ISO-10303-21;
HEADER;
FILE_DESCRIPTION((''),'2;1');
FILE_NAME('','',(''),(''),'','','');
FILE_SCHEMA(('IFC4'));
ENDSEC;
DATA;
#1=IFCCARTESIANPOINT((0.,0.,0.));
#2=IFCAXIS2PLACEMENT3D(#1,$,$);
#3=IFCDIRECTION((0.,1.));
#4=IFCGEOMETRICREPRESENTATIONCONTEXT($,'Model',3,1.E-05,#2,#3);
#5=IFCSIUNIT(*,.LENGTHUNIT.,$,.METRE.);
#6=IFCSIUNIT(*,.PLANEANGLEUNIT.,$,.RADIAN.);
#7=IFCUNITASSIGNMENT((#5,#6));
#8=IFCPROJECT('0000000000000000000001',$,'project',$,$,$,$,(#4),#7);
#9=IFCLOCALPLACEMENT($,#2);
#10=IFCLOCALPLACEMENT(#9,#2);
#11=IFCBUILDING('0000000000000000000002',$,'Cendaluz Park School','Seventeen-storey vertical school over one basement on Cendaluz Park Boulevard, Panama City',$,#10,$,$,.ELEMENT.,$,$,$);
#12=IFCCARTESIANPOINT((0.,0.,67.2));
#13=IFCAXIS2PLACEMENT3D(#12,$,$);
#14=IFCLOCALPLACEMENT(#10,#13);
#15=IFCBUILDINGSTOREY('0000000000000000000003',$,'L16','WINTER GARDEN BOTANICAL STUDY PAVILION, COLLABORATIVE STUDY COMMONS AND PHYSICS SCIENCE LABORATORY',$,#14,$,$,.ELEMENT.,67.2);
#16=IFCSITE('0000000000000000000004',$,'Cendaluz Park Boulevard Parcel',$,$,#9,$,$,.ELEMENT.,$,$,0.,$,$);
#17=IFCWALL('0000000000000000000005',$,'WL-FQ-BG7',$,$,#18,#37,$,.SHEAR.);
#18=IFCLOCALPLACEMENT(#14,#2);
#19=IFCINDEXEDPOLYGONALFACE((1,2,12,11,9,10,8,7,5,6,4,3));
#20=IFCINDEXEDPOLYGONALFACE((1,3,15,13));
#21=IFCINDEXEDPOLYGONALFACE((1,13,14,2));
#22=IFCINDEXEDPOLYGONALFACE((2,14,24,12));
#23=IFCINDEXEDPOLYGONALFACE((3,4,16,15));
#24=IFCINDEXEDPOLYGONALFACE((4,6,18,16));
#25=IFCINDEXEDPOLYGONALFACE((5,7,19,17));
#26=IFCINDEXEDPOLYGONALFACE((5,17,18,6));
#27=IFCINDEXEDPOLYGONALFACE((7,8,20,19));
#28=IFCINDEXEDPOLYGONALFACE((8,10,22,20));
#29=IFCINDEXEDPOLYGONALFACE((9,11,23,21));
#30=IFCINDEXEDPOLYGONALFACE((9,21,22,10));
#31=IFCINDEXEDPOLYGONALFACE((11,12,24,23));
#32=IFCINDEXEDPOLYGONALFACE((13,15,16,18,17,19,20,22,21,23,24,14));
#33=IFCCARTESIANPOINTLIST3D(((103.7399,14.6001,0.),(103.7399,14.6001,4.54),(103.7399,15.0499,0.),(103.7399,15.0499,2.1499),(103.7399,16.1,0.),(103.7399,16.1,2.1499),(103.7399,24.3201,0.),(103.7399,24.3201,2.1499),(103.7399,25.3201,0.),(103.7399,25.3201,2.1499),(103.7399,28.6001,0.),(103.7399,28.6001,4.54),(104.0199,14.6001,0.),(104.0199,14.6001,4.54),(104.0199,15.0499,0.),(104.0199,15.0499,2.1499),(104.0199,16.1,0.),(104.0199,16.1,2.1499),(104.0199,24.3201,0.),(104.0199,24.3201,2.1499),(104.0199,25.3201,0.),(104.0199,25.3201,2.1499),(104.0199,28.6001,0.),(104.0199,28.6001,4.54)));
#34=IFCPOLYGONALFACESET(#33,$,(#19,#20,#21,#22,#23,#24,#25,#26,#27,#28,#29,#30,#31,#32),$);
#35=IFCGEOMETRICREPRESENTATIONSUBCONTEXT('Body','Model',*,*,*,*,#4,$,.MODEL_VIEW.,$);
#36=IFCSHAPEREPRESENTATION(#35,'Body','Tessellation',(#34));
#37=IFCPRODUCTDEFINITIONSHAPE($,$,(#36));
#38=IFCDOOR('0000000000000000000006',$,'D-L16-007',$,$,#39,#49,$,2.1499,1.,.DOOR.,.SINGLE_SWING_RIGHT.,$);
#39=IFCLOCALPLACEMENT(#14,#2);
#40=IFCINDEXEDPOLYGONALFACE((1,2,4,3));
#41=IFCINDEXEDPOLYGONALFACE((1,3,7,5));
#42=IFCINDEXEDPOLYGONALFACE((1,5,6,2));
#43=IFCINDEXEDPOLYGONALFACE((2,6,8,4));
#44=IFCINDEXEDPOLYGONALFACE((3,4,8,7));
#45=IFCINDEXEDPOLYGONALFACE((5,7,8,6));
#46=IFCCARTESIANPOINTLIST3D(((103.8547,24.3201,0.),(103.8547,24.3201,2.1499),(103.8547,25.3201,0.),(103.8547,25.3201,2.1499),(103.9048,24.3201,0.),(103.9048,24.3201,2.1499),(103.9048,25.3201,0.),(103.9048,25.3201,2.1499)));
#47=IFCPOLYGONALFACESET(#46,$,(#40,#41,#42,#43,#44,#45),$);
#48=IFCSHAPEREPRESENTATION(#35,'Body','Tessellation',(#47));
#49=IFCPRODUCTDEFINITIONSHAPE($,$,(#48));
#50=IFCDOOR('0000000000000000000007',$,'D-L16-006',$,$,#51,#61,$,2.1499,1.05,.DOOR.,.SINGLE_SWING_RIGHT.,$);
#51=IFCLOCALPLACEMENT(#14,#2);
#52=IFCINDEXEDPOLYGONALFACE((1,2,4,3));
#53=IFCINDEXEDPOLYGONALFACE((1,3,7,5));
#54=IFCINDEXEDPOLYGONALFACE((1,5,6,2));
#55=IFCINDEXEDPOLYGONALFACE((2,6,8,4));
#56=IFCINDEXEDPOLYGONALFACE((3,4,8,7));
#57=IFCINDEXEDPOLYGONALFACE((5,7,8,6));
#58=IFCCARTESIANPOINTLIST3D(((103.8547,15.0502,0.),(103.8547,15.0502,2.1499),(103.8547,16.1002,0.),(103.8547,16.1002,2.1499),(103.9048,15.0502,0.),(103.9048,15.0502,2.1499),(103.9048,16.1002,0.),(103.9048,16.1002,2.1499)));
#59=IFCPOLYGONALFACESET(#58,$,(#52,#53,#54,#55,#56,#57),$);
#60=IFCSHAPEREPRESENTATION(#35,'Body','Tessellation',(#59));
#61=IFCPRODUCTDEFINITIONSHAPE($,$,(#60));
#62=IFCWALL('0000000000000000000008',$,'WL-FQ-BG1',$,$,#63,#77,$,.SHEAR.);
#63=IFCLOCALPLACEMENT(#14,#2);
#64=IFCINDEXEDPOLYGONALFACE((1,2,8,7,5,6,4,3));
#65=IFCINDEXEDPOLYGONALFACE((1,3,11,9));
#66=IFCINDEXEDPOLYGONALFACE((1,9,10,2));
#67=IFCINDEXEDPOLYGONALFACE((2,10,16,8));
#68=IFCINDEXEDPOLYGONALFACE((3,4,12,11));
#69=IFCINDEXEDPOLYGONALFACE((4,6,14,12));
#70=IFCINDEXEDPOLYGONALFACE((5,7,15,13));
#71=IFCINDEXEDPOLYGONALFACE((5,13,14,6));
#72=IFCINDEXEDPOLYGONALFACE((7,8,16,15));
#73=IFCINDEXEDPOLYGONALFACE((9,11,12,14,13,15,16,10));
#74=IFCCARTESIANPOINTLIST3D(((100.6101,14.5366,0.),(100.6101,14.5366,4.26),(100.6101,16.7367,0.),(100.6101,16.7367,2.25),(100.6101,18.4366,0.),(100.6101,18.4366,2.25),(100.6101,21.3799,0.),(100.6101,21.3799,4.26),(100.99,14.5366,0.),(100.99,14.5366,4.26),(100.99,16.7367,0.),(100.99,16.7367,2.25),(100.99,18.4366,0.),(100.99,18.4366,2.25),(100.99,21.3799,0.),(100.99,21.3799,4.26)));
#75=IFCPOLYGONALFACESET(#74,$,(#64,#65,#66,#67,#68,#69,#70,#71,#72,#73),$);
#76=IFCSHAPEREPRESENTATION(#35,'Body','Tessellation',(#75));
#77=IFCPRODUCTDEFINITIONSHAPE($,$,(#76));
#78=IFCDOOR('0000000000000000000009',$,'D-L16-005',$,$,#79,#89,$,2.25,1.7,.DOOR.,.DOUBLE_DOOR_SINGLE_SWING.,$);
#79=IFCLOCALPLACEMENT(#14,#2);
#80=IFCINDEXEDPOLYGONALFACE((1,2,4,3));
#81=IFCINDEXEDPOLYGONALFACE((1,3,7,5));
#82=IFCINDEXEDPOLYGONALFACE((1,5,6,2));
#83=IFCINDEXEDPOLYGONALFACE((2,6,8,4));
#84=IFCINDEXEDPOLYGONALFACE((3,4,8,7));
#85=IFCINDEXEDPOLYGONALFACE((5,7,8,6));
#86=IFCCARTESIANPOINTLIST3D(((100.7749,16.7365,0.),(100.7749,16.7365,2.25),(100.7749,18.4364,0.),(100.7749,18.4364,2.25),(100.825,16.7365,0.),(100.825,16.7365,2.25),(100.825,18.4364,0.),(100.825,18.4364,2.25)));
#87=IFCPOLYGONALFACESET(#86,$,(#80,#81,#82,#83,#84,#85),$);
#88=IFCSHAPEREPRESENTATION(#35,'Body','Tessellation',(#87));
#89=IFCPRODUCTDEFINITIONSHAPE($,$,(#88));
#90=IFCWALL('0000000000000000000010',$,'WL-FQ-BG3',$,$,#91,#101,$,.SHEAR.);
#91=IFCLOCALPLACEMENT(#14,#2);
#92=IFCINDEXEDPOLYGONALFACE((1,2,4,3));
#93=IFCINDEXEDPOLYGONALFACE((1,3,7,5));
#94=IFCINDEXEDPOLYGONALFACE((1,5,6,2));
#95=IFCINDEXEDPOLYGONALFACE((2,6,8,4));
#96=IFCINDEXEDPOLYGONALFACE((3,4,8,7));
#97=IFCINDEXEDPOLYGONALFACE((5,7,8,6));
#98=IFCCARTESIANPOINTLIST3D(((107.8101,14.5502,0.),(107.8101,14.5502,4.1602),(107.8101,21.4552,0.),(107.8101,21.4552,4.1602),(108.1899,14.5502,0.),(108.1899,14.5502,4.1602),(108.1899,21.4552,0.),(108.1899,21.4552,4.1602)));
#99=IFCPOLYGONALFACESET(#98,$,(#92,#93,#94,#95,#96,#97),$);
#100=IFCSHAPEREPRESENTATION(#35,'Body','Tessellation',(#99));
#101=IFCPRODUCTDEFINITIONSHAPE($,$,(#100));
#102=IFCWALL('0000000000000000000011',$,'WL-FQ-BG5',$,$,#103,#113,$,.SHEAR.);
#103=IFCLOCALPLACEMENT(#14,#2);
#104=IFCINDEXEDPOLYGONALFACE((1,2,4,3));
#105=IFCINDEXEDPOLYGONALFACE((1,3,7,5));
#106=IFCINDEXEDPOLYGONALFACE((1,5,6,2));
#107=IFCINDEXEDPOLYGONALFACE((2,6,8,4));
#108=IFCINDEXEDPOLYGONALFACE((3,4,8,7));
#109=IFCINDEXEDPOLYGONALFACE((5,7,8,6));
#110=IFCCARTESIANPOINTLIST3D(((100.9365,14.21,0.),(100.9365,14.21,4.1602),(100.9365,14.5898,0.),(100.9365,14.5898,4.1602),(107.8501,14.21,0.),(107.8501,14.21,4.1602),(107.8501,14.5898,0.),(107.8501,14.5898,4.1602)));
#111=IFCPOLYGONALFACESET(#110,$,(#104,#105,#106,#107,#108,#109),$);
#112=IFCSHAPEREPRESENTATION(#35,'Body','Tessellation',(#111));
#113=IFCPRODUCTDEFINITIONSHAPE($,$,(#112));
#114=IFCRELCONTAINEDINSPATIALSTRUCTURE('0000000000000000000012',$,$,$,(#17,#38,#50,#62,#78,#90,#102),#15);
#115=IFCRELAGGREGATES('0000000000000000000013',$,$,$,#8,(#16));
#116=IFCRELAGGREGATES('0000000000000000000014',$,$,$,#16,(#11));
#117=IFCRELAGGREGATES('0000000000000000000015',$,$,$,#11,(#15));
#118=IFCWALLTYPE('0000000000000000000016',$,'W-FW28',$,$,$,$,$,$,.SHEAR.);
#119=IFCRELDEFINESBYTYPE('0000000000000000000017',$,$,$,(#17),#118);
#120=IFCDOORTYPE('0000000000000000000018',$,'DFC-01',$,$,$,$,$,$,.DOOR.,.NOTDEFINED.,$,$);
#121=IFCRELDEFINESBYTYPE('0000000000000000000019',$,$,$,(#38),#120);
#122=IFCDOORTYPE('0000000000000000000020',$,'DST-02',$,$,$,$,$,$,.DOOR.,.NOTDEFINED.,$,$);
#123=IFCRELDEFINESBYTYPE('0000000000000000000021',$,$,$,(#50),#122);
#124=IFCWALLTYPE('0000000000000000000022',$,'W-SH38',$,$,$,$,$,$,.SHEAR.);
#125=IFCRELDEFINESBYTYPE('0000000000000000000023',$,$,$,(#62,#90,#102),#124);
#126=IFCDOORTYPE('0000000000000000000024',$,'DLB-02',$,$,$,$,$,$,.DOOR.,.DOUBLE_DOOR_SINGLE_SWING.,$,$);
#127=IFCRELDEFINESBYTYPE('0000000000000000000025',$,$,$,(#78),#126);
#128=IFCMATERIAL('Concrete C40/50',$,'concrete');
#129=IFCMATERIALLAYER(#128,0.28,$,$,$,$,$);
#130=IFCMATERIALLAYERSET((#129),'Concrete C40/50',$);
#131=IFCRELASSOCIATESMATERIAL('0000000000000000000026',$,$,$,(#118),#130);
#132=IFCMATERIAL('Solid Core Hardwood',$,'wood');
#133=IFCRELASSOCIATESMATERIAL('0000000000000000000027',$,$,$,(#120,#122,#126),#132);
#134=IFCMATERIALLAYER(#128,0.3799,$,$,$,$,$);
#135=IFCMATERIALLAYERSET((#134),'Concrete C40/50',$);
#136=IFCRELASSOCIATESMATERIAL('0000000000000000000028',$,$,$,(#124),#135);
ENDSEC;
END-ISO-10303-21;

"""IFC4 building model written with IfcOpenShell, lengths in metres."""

from ifc_helpers import new_model, si_unit, direction, frame, frame_2d, origin, place, context, subcontext, project, spatial, rectangle, extrude, material, layer, layer_set, type_object, element, fill, save


model = new_model("IFC4")

# Units and contexts
model_context = context("Model", 3, precision=1e-05, world=origin(), true_north=direction((0.0, 1.0)))
body_context = subcontext(model_context, "Body", "Model", "MODEL_VIEW")
ifc_project = project(units=[si_unit("LENGTHUNIT", "METRE"), si_unit("PLANEANGLEUNIT", "RADIAN")], contexts=[model_context])

# Site, building, storey
site_placement = place(None, origin())
site = spatial("IfcSite", under=ifc_project, at=site_placement, Name="Cendaluz Park Boulevard Parcel", CompositionType="ELEMENT", RefElevation=0.0)
building_placement = place(site_placement, origin())
building = spatial("IfcBuilding", under=site, at=building_placement, Name="Cendaluz Park School", Description="Seventeen-storey vertical school over one basement on Cendaluz Park Boulevard, Panama City", CompositionType="ELEMENT")
storey_placement = place(building_placement, frame((0.0, 0.0, 67.2)))
storey = spatial("IfcBuildingStorey", under=building, at=storey_placement, Name="L16", Description="WINTER GARDEN BOTANICAL STUDY PAVILION, COLLABORATIVE STUDY COMMONS AND PHYSICS SCIENCE LABORATORY", CompositionType="ELEMENT", Elevation=67.2)

# Wall, openings, doors
ifc_material_1 = material(Name="Concrete C40/50", Category="concrete")
ifc_layer_1 = layer(ifc_material_1, 0.28)
ifc_layer_set_1 = layer_set([ifc_layer_1], Name="Concrete C40/50")
wall_type_1 = type_object("IfcWallType", Name="W-FW28", PredefinedType="SHEAR", material=ifc_layer_set_1)
wall_1_placement = place(storey_placement, frame((103.8799, 14.6001, 0.0), z_axis=(0.0, 0.0, 1.0), x_axis=(0.0, 1.0, 0.0)))
wall_1 = element("IfcWall", 1, at=wall_1_placement, inside=storey, type_object=wall_type_1, Name="WL-FQ-BG7", PredefinedType="SHEAR", context=body_context, shape_type="SweptSolid", body=[
    extrude(rectangle(XDim=14.0, YDim=0.28, at=frame_2d((7.0, 0.0))), origin(), (0.0, 0.0, 1.0), 4.54),
])
opening_1_placement = place(wall_1_placement, frame((0.45, 0.0, 0.0)))
opening_1 = element("IfcOpeningElement", 2, at=opening_1_placement, cuts=wall_1, PredefinedType="OPENING", context=body_context, shape_type="SweptSolid", body=[
    extrude(rectangle(XDim=1.05, YDim=2.1499, at=frame_2d((0.5249, 1.075))), frame((0.0, 0.1521, 0.0), z_axis=(0.0, -1.0, 0.0), x_axis=(1.0, 0.0, 0.0)), (0.0, 0.0, 1.0), 0.304),
])
opening_2_placement = place(wall_1_placement, frame((9.72, 0.0, 0.0)))
opening_2 = element("IfcOpeningElement", 3, at=opening_2_placement, cuts=wall_1, PredefinedType="OPENING", context=body_context, shape_type="SweptSolid", body=[
    extrude(rectangle(XDim=1.0, YDim=2.1499, at=frame_2d((0.5, 1.075))), frame((0.0, 0.1521, 0.0), z_axis=(0.0, -1.0, 0.0), x_axis=(1.0, 0.0, 0.0)), (0.0, 0.0, 1.0), 0.304),
])
ifc_material_2 = material(Name="Solid Core Hardwood", Category="wood")
door_type_1 = type_object("IfcDoorType", Name="DFC-01", OperationType="NOTDEFINED", PredefinedType="DOOR", material=ifc_material_2)
door_1_placement = place(opening_2_placement, frame((1.0, 0.0, 0.0), z_axis=(0.0, 0.0, 1.0), x_axis=(-1.0, 0.0, 0.0)))
door_1 = element("IfcDoor", 4, at=door_1_placement, inside=storey, type_object=door_type_1, Name="D-L16-007", OperationType="SINGLE_SWING_RIGHT", OverallHeight=2.1499, OverallWidth=1.0, PredefinedType="DOOR", context=body_context, shape_type="SweptSolid", body=[
    extrude(rectangle(XDim=1.0, YDim=2.1499, at=frame_2d((0.5, 1.075))), frame((0.0, 0.0249, 0.0), z_axis=(0.0, -1.0, 0.0), x_axis=(1.0, 0.0, 0.0)), (0.0, 0.0, 1.0), 0.05),
])
fill(opening_2, door_1)
door_type_2 = type_object("IfcDoorType", Name="DST-02", OperationType="NOTDEFINED", PredefinedType="DOOR", material=ifc_material_2)
door_2_placement = place(opening_1_placement, frame((1.05, 0.0, 0.0), z_axis=(0.0, 0.0, 1.0), x_axis=(-1.0, 0.0, 0.0)))
door_2 = element("IfcDoor", 5, at=door_2_placement, inside=storey, type_object=door_type_2, Name="D-L16-006", OperationType="SINGLE_SWING_RIGHT", OverallHeight=2.1499, OverallWidth=1.05, PredefinedType="DOOR", context=body_context, shape_type="SweptSolid", body=[
    extrude(rectangle(XDim=1.05, YDim=2.1499, at=frame_2d((0.5249, 1.075))), frame((0.0, 0.0249, 0.0), z_axis=(0.0, -1.0, 0.0), x_axis=(1.0, 0.0, 0.0)), (0.0, 0.0, 1.0), 0.05),
])
fill(opening_1, door_2)

# Wall, opening, door
ifc_layer_2 = layer(ifc_material_1, 0.3799)
ifc_layer_set_2 = layer_set([ifc_layer_2], Name="Concrete C40/50")
wall_type_2 = type_object("IfcWallType", Name="W-SH38", PredefinedType="SHEAR", material=ifc_layer_set_2)
wall_2_placement = place(storey_placement, frame((100.8, 14.5366, 0.0), z_axis=(0.0, 0.0, 1.0), x_axis=(0.0, 1.0, 0.0)))
wall_2 = element("IfcWall", 6, at=wall_2_placement, inside=storey, type_object=wall_type_2, Name="WL-FQ-BG1", PredefinedType="SHEAR", context=body_context, shape_type="SweptSolid", body=[
    extrude(rectangle(XDim=6.8433, YDim=0.3799, at=frame_2d((3.4216, 0.0))), origin(), (0.0, 0.0, 1.0), 4.26),
])
opening_3_placement = place(wall_2_placement, frame((2.2, 0.0, 0.0)))
opening_3 = element("IfcOpeningElement", 7, at=opening_3_placement, cuts=wall_2, PredefinedType="OPENING", context=body_context, shape_type="SweptSolid", body=[
    extrude(rectangle(XDim=1.7, YDim=2.25, at=frame_2d((0.8501, 1.125))), frame((0.0, 0.2019, 0.0), z_axis=(0.0, -1.0, 0.0), x_axis=(1.0, 0.0, 0.0)), (0.0, 0.0, 1.0), 0.4038),
])
door_type_3 = type_object("IfcDoorType", Name="DLB-02", OperationType="DOUBLE_DOOR_SINGLE_SWING", PredefinedType="DOOR", material=ifc_material_2)
door_3_placement = place(opening_3_placement, frame((1.7, 0.0, 0.0), z_axis=(0.0, 0.0, 1.0), x_axis=(-1.0, 0.0, 0.0)))
door_3 = element("IfcDoor", 8, at=door_3_placement, inside=storey, type_object=door_type_3, Name="D-L16-005", OperationType="DOUBLE_DOOR_SINGLE_SWING", OverallHeight=2.25, OverallWidth=1.7, PredefinedType="DOOR", context=body_context, shape_type="SweptSolid", body=[
    extrude(rectangle(XDim=1.7, YDim=2.25, at=frame_2d((0.8501, 1.125))), frame((0.0, 0.0249, 0.0), z_axis=(0.0, -1.0, 0.0), x_axis=(1.0, 0.0, 0.0)), (0.0, 0.0, 1.0), 0.05),
])
fill(opening_3, door_3)

# Walls
wall_3_placement = place(storey_placement, frame((108.0, 14.55, 0.0), z_axis=(0.0, 0.0, 1.0), x_axis=(0.0, 1.0, 0.0)))
element("IfcWall", 9, at=wall_3_placement, inside=storey, type_object=wall_type_2, Name="WL-FQ-BG3", PredefinedType="SHEAR", context=body_context, shape_type="SweptSolid", body=[
    extrude(rectangle(XDim=6.905, YDim=0.3799, at=frame_2d((3.4526, 0.0))), origin(), (0.0, 0.0, 1.0), 4.1602),
])
wall_4_placement = place(storey_placement, frame((100.9365, 14.3999, 0.0), z_axis=(0.0, 0.0, 1.0), x_axis=(1.0, 0.0, 0.0)))
element("IfcWall", 10, at=wall_4_placement, inside=storey, type_object=wall_type_2, Name="WL-FQ-BG5", PredefinedType="SHEAR", context=body_context, shape_type="SweptSolid", body=[
    extrude(rectangle(XDim=6.9136, YDim=0.3799, at=frame_2d((3.4568, 0.0))), origin(), (0.0, 0.0, 1.0), 4.1602),
])

save(model, "model.ifc")
